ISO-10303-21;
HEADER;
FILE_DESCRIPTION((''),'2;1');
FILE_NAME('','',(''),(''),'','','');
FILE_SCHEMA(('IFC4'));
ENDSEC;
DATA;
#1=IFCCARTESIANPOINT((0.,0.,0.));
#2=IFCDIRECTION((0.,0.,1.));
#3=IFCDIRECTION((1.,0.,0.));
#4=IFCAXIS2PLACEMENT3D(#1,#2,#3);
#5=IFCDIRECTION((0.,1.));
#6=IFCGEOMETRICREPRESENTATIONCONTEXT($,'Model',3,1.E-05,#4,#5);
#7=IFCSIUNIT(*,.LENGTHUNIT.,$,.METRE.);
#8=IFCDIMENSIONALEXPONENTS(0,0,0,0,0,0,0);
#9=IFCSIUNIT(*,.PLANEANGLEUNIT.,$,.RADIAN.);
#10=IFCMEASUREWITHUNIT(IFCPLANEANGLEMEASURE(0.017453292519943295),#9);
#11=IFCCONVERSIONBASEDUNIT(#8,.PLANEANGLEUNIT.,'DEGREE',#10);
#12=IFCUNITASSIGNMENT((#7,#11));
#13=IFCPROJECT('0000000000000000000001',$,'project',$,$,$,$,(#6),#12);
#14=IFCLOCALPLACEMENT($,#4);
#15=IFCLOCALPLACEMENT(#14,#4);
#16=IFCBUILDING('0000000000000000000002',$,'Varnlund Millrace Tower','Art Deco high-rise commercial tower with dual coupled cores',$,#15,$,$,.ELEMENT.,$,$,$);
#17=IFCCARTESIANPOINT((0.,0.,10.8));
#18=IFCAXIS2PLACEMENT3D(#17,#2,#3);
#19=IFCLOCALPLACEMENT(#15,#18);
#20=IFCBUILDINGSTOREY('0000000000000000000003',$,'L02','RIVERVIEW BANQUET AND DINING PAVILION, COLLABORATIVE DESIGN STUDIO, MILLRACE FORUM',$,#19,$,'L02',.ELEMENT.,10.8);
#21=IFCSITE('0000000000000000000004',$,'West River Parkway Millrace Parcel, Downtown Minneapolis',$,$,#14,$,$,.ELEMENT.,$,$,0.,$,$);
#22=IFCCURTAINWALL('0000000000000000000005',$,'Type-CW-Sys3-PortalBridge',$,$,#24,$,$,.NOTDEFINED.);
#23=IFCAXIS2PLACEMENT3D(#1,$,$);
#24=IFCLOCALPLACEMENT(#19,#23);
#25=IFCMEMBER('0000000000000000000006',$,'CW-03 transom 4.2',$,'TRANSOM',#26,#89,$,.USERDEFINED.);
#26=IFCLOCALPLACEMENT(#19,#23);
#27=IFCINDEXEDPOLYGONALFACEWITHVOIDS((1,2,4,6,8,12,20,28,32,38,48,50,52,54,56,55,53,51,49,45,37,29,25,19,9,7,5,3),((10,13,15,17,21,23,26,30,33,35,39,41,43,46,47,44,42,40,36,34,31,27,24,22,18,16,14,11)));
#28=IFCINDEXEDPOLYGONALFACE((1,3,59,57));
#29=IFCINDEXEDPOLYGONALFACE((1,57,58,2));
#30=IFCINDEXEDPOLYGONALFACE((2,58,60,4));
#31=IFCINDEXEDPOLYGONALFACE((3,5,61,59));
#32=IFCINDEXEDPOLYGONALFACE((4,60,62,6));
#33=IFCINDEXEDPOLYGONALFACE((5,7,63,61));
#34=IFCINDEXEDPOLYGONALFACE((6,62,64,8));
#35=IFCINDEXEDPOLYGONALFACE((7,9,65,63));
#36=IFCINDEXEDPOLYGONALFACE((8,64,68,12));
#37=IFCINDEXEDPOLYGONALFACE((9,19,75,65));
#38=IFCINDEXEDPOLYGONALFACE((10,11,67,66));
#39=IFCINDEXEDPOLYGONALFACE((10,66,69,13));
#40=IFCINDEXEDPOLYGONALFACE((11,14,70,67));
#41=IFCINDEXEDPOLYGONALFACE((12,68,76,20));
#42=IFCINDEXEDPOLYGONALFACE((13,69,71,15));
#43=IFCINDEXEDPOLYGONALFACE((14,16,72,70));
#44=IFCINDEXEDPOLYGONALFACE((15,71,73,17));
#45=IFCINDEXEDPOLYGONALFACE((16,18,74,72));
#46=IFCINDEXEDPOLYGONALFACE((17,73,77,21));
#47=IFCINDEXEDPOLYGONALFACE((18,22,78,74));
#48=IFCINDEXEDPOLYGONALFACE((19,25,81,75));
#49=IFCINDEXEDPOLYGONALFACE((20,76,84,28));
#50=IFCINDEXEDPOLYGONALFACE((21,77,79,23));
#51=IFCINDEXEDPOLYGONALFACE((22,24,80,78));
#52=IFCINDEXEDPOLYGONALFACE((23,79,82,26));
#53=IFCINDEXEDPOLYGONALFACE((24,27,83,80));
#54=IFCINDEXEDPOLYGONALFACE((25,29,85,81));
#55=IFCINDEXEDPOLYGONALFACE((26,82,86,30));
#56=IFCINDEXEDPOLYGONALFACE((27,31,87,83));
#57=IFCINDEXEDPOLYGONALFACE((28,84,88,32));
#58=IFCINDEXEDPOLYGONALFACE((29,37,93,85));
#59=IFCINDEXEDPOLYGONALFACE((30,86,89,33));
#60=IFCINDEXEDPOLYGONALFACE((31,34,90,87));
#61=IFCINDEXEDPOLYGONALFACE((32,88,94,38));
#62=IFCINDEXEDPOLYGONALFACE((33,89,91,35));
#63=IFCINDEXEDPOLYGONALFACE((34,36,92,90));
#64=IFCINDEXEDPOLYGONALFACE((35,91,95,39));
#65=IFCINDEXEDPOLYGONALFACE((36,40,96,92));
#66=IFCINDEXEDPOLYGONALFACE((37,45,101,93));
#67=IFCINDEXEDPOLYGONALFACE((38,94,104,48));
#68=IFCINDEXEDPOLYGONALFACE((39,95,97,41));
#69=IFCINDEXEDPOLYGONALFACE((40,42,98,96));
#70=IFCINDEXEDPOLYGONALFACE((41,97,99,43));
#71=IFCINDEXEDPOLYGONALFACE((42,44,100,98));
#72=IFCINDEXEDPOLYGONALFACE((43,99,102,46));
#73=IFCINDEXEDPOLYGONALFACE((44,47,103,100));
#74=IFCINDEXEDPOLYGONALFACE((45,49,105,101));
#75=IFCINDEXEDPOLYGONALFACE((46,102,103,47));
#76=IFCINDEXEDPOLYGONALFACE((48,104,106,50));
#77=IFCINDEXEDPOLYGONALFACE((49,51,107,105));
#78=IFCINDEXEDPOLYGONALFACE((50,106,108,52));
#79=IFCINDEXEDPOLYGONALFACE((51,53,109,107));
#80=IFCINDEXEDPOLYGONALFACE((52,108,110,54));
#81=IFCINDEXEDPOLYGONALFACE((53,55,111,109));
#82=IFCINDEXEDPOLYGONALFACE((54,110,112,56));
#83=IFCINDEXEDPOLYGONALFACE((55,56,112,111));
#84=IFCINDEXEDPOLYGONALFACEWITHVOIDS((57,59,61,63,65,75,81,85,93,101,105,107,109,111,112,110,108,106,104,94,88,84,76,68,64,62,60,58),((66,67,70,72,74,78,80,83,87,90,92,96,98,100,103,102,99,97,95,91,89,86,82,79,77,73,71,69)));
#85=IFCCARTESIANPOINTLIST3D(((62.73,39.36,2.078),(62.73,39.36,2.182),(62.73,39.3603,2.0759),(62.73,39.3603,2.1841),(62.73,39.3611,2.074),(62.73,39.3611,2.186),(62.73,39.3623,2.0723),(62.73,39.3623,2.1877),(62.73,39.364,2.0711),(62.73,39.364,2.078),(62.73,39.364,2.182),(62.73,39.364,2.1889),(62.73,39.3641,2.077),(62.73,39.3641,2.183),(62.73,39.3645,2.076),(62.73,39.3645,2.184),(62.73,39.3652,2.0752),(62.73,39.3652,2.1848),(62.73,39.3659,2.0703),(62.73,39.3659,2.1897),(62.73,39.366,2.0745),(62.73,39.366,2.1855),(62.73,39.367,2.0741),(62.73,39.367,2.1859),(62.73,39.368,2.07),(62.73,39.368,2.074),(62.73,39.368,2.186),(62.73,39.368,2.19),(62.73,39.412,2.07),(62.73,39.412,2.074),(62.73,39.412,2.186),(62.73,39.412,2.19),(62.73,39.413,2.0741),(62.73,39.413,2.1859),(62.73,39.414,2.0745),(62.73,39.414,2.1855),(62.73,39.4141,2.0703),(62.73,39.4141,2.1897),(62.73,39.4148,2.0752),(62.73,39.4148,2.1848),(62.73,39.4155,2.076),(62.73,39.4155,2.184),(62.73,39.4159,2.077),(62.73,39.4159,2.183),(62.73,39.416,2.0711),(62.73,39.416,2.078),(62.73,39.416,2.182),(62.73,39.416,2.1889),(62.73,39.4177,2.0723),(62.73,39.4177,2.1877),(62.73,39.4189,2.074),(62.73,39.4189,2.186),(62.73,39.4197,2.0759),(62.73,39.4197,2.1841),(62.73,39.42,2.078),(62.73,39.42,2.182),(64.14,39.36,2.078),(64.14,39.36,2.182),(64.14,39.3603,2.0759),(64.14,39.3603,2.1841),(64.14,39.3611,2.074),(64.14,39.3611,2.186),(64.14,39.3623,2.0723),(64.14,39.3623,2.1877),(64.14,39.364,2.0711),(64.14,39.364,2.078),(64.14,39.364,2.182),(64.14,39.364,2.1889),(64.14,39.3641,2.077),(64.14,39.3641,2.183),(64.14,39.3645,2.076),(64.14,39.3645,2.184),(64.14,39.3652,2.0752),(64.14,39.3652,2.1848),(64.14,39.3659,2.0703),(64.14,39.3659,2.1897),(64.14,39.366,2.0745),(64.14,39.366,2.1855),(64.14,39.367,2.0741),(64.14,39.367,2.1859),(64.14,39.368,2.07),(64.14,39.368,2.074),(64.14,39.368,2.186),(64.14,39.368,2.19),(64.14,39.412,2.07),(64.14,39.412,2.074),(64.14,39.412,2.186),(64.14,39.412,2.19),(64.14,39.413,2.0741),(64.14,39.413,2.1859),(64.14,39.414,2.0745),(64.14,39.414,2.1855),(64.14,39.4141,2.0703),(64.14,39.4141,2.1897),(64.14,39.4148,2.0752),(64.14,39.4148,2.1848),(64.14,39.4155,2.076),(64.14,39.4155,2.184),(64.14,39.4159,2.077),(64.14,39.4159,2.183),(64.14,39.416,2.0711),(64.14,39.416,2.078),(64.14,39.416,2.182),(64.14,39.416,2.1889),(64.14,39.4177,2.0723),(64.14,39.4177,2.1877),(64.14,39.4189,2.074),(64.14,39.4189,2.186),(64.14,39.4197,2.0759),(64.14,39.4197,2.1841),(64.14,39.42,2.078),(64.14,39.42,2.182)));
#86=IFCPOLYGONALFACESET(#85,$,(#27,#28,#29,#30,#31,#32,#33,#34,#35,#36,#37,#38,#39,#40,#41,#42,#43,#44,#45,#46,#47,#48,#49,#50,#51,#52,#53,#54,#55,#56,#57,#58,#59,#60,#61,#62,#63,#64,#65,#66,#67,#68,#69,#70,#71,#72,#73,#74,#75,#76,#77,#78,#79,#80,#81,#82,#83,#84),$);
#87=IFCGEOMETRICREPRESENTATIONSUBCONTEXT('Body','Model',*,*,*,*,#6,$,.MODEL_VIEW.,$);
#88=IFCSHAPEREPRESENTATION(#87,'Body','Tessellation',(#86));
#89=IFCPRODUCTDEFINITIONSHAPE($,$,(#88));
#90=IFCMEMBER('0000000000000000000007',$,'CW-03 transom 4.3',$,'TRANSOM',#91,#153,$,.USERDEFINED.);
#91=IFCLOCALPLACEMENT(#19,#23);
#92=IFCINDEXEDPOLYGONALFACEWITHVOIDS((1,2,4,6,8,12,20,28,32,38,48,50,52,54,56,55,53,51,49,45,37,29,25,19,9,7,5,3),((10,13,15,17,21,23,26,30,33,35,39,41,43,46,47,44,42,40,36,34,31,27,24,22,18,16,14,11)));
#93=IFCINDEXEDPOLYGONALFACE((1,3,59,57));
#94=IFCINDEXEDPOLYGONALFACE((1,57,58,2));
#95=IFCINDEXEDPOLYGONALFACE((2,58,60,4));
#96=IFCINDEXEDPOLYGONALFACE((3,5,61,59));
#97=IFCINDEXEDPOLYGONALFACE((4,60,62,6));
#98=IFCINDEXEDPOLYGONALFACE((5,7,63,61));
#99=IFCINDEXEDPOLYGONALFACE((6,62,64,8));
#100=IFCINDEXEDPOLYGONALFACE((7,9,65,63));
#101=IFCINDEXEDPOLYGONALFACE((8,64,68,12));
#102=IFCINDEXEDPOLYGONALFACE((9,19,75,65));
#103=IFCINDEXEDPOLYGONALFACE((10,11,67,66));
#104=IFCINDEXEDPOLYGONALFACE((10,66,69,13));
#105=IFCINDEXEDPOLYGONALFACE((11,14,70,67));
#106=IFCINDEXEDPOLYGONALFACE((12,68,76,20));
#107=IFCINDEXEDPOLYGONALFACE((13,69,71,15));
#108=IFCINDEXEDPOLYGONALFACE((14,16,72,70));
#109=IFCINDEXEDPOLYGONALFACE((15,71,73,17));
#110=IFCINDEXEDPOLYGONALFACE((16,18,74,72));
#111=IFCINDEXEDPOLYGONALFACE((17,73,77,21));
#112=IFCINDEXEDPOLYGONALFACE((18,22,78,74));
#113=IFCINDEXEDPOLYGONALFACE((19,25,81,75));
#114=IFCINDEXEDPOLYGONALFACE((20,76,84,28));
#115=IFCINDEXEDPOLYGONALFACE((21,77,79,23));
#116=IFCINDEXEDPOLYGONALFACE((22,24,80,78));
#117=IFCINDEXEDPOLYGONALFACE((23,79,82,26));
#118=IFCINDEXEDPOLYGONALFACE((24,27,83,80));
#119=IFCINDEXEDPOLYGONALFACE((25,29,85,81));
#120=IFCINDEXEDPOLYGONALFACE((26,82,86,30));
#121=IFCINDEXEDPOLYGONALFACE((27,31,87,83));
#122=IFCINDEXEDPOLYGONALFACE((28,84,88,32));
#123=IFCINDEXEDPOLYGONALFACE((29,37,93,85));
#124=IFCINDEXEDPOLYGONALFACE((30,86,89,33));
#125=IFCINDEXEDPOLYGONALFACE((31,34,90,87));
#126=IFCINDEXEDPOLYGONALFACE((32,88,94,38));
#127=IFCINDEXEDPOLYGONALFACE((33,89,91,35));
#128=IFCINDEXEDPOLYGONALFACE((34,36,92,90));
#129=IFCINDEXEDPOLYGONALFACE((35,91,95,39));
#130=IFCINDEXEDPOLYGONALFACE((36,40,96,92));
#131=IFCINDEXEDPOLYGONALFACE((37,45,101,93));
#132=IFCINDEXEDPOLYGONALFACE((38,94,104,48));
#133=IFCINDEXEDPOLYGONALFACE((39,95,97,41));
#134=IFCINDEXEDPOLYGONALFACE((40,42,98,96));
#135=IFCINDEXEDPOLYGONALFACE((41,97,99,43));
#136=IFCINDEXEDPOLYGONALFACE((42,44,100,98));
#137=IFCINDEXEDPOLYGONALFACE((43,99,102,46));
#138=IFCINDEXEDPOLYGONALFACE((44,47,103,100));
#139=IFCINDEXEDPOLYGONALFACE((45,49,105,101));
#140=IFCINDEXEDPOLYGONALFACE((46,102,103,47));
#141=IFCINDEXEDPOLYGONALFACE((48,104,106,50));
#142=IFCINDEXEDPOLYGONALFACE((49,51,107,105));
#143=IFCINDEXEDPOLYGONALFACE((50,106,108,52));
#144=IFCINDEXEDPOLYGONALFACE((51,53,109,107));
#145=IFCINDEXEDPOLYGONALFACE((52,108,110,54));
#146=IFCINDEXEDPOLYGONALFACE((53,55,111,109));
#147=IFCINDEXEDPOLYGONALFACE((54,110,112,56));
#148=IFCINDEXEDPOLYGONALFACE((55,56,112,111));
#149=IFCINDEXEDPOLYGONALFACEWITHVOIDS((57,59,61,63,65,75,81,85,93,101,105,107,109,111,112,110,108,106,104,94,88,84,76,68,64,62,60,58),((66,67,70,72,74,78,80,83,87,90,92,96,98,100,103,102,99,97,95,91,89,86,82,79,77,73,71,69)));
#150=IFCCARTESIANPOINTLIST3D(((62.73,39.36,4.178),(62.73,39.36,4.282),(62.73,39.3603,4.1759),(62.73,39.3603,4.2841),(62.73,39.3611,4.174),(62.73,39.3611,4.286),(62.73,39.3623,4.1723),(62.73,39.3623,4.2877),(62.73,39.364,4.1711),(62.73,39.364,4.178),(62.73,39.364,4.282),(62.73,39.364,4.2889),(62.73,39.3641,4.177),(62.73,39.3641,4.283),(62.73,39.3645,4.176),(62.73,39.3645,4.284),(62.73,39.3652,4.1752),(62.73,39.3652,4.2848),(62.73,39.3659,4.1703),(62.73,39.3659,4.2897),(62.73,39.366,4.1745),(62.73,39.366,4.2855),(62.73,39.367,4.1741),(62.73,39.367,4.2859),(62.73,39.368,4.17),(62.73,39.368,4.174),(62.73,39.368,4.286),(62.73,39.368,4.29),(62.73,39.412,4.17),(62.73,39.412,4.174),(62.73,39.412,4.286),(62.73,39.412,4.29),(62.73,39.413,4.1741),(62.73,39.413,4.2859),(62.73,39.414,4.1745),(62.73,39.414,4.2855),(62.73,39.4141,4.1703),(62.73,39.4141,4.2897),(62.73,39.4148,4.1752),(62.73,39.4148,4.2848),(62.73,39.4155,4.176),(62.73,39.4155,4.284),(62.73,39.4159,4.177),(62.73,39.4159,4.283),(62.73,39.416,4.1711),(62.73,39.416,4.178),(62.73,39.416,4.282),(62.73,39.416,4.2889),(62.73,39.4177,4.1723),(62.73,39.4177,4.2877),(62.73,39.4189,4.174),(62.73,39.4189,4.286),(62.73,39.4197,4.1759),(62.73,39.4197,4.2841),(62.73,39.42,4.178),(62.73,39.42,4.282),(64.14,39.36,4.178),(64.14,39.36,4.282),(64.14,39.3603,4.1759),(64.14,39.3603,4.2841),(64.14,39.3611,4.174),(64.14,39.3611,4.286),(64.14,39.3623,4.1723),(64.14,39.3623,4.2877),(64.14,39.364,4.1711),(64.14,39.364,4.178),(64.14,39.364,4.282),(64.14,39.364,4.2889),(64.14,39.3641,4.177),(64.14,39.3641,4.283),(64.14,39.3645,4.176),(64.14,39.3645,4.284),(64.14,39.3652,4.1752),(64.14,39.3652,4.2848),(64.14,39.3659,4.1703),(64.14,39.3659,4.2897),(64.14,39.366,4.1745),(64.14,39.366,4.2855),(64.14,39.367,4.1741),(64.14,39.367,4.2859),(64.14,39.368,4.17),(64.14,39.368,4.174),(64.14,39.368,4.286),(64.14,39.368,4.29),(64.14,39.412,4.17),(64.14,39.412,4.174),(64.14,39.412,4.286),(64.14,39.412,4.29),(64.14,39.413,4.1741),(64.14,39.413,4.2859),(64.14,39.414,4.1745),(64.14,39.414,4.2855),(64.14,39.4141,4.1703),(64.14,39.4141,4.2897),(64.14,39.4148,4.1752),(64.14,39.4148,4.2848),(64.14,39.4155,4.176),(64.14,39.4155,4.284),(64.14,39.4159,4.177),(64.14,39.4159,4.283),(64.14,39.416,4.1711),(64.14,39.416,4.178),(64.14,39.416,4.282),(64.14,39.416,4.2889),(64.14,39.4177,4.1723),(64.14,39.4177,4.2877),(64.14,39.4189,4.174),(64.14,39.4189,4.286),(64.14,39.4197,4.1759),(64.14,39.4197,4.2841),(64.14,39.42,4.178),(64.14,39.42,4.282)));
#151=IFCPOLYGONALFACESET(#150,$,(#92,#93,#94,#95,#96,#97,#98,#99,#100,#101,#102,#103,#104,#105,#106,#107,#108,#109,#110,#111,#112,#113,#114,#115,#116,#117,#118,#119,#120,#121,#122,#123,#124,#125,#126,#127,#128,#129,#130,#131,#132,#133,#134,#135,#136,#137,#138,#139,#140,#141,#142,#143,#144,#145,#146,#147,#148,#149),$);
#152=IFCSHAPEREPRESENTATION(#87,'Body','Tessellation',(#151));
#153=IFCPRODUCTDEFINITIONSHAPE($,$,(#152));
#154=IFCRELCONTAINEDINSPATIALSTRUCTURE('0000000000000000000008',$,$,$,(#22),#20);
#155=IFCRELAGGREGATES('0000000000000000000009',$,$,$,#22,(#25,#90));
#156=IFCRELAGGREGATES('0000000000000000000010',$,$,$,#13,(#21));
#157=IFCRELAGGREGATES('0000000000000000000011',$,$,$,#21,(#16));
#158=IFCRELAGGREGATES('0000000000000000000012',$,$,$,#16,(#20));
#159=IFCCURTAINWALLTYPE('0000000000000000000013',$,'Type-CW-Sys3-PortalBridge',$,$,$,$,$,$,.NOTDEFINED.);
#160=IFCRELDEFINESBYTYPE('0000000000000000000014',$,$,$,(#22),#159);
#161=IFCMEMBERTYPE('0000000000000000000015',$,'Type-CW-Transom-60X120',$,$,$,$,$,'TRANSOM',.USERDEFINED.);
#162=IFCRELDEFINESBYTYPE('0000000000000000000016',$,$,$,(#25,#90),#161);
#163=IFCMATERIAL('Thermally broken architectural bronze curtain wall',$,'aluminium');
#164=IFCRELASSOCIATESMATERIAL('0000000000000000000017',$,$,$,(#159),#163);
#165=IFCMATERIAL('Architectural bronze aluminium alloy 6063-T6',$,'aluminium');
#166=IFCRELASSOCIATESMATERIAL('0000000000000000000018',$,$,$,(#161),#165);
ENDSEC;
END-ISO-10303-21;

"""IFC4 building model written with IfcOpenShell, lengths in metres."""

from ifc_helpers import new_model, entity, si_unit, converted_unit, direction, frame, origin_with_axes, origin_2d_with_axis, place, context, subcontext, project, spatial, hollow_rectangle, extrude, material, material_profile, profile_set, type_object, element, aggregate, save


model = new_model("IFC4")

# Units and contexts
model_context = context("Model", 3, precision=1e-05, world=origin_with_axes(), true_north=direction((0.0, 1.0)))
body_context = subcontext(model_context, "Body", "Model", "MODEL_VIEW")
ifc_project = project(units=[si_unit("LENGTHUNIT", "METRE"), converted_unit("PLANEANGLEUNIT", "DEGREE", entity("IfcPlaneAngleMeasure", 0.017453292519943295), si_unit("PLANEANGLEUNIT", "RADIAN"), dimensions=[0, 0, 0, 0, 0, 0, 0])], contexts=[model_context])

# Site, building, storey
site_placement = place(None, origin_with_axes())
site = spatial("IfcSite", under=ifc_project, at=site_placement, Name="West River Parkway Millrace Parcel, Downtown Minneapolis", CompositionType="ELEMENT", RefElevation=0.0)
building_placement = place(site_placement, origin_with_axes())
building = spatial("IfcBuilding", under=site, at=building_placement, Name="Varnlund Millrace Tower", Description="Art Deco high-rise commercial tower with dual coupled cores", CompositionType="ELEMENT")
storey_placement = place(building_placement, frame((0.0, 0.0, 10.8), z_axis=(0.0, 0.0, 1.0), x_axis=(1.0, 0.0, 0.0)))
storey = spatial("IfcBuildingStorey", under=building, at=storey_placement, Name="L02", Description="RIVERVIEW BANQUET AND DINING PAVILION, COLLABORATIVE DESIGN STUDIO, MILLRACE FORUM", LongName="L02", CompositionType="ELEMENT", Elevation=10.8)

# Curtain wall
ifc_material_1 = material(Name="Thermally broken architectural bronze curtain wall", Category="aluminium")
curtain_wall_type = type_object("IfcCurtainWallType", Name="Type-CW-Sys3-PortalBridge", PredefinedType="NOTDEFINED", material=ifc_material_1)
curtain_wall_1_placement = place(storey_placement, frame((58.2, 39.39, 0.0), z_axis=(0.0, 0.0, 1.0), x_axis=(1.0, 0.0, 0.0)))
curtain_wall_1 = element("IfcCurtainWall", 1, at=curtain_wall_1_placement, inside=storey, type_object=curtain_wall_type, Name="Type-CW-Sys3-PortalBridge", PredefinedType="NOTDEFINED")
ifc_material_2 = material(Name="Architectural bronze aluminium alloy 6063-T6", Category="aluminium")

# Members
ifc_material_profile_1 = material_profile(ifc_material_2, hollow_rectangle(XDim=0.06, YDim=0.12, WallThickness=0.004, InnerFilletRadius=0.004, OuterFilletRadius=0.008, at=origin_2d_with_axis()), Name="Architectural bronze aluminium alloy 6063-T6")
ifc_profile_set_1 = profile_set([ifc_material_profile_1], Name="Architectural bronze aluminium alloy 6063-T6")
member_type_1 = type_object("IfcMemberType", Name="Type-CW-Transom-60X120", ElementType="TRANSOM", PredefinedType="USERDEFINED", material=ifc_profile_set_1)
member_1_placement = place(storey_placement, frame((62.73, 39.39, 2.13), z_axis=(1.0, 0.0, 0.0), x_axis=(0.0, 1.0, 0.0)))
member_1 = element("IfcMember", 2, at=member_1_placement, type_object=member_type_1, Name="CW-03 transom 4.2", ObjectType="TRANSOM", PredefinedType="USERDEFINED", context=body_context, shape_type="SweptSolid", body=[
    extrude(hollow_rectangle(XDim=0.06, YDim=0.12, WallThickness=0.004, InnerFilletRadius=0.004, OuterFilletRadius=0.008, at=origin_2d_with_axis()), origin_with_axes(), (0.0, 0.0, 1.0), 1.41),
])
member_2_placement = place(storey_placement, frame((62.73, 39.39, 4.23), z_axis=(1.0, 0.0, 0.0), x_axis=(0.0, 1.0, 0.0)))
member_2 = element("IfcMember", 3, at=member_2_placement, type_object=member_type_1, Name="CW-03 transom 4.3", ObjectType="TRANSOM", PredefinedType="USERDEFINED", context=body_context, shape_type="SweptSolid", body=[
    extrude(hollow_rectangle(XDim=0.06, YDim=0.12, WallThickness=0.004, InnerFilletRadius=0.004, OuterFilletRadius=0.008, at=origin_2d_with_axis()), origin_with_axes(), (0.0, 0.0, 1.0), 1.41),
])

aggregate(curtain_wall_1, [member_1, member_2])

save(model, "model.ifc")
